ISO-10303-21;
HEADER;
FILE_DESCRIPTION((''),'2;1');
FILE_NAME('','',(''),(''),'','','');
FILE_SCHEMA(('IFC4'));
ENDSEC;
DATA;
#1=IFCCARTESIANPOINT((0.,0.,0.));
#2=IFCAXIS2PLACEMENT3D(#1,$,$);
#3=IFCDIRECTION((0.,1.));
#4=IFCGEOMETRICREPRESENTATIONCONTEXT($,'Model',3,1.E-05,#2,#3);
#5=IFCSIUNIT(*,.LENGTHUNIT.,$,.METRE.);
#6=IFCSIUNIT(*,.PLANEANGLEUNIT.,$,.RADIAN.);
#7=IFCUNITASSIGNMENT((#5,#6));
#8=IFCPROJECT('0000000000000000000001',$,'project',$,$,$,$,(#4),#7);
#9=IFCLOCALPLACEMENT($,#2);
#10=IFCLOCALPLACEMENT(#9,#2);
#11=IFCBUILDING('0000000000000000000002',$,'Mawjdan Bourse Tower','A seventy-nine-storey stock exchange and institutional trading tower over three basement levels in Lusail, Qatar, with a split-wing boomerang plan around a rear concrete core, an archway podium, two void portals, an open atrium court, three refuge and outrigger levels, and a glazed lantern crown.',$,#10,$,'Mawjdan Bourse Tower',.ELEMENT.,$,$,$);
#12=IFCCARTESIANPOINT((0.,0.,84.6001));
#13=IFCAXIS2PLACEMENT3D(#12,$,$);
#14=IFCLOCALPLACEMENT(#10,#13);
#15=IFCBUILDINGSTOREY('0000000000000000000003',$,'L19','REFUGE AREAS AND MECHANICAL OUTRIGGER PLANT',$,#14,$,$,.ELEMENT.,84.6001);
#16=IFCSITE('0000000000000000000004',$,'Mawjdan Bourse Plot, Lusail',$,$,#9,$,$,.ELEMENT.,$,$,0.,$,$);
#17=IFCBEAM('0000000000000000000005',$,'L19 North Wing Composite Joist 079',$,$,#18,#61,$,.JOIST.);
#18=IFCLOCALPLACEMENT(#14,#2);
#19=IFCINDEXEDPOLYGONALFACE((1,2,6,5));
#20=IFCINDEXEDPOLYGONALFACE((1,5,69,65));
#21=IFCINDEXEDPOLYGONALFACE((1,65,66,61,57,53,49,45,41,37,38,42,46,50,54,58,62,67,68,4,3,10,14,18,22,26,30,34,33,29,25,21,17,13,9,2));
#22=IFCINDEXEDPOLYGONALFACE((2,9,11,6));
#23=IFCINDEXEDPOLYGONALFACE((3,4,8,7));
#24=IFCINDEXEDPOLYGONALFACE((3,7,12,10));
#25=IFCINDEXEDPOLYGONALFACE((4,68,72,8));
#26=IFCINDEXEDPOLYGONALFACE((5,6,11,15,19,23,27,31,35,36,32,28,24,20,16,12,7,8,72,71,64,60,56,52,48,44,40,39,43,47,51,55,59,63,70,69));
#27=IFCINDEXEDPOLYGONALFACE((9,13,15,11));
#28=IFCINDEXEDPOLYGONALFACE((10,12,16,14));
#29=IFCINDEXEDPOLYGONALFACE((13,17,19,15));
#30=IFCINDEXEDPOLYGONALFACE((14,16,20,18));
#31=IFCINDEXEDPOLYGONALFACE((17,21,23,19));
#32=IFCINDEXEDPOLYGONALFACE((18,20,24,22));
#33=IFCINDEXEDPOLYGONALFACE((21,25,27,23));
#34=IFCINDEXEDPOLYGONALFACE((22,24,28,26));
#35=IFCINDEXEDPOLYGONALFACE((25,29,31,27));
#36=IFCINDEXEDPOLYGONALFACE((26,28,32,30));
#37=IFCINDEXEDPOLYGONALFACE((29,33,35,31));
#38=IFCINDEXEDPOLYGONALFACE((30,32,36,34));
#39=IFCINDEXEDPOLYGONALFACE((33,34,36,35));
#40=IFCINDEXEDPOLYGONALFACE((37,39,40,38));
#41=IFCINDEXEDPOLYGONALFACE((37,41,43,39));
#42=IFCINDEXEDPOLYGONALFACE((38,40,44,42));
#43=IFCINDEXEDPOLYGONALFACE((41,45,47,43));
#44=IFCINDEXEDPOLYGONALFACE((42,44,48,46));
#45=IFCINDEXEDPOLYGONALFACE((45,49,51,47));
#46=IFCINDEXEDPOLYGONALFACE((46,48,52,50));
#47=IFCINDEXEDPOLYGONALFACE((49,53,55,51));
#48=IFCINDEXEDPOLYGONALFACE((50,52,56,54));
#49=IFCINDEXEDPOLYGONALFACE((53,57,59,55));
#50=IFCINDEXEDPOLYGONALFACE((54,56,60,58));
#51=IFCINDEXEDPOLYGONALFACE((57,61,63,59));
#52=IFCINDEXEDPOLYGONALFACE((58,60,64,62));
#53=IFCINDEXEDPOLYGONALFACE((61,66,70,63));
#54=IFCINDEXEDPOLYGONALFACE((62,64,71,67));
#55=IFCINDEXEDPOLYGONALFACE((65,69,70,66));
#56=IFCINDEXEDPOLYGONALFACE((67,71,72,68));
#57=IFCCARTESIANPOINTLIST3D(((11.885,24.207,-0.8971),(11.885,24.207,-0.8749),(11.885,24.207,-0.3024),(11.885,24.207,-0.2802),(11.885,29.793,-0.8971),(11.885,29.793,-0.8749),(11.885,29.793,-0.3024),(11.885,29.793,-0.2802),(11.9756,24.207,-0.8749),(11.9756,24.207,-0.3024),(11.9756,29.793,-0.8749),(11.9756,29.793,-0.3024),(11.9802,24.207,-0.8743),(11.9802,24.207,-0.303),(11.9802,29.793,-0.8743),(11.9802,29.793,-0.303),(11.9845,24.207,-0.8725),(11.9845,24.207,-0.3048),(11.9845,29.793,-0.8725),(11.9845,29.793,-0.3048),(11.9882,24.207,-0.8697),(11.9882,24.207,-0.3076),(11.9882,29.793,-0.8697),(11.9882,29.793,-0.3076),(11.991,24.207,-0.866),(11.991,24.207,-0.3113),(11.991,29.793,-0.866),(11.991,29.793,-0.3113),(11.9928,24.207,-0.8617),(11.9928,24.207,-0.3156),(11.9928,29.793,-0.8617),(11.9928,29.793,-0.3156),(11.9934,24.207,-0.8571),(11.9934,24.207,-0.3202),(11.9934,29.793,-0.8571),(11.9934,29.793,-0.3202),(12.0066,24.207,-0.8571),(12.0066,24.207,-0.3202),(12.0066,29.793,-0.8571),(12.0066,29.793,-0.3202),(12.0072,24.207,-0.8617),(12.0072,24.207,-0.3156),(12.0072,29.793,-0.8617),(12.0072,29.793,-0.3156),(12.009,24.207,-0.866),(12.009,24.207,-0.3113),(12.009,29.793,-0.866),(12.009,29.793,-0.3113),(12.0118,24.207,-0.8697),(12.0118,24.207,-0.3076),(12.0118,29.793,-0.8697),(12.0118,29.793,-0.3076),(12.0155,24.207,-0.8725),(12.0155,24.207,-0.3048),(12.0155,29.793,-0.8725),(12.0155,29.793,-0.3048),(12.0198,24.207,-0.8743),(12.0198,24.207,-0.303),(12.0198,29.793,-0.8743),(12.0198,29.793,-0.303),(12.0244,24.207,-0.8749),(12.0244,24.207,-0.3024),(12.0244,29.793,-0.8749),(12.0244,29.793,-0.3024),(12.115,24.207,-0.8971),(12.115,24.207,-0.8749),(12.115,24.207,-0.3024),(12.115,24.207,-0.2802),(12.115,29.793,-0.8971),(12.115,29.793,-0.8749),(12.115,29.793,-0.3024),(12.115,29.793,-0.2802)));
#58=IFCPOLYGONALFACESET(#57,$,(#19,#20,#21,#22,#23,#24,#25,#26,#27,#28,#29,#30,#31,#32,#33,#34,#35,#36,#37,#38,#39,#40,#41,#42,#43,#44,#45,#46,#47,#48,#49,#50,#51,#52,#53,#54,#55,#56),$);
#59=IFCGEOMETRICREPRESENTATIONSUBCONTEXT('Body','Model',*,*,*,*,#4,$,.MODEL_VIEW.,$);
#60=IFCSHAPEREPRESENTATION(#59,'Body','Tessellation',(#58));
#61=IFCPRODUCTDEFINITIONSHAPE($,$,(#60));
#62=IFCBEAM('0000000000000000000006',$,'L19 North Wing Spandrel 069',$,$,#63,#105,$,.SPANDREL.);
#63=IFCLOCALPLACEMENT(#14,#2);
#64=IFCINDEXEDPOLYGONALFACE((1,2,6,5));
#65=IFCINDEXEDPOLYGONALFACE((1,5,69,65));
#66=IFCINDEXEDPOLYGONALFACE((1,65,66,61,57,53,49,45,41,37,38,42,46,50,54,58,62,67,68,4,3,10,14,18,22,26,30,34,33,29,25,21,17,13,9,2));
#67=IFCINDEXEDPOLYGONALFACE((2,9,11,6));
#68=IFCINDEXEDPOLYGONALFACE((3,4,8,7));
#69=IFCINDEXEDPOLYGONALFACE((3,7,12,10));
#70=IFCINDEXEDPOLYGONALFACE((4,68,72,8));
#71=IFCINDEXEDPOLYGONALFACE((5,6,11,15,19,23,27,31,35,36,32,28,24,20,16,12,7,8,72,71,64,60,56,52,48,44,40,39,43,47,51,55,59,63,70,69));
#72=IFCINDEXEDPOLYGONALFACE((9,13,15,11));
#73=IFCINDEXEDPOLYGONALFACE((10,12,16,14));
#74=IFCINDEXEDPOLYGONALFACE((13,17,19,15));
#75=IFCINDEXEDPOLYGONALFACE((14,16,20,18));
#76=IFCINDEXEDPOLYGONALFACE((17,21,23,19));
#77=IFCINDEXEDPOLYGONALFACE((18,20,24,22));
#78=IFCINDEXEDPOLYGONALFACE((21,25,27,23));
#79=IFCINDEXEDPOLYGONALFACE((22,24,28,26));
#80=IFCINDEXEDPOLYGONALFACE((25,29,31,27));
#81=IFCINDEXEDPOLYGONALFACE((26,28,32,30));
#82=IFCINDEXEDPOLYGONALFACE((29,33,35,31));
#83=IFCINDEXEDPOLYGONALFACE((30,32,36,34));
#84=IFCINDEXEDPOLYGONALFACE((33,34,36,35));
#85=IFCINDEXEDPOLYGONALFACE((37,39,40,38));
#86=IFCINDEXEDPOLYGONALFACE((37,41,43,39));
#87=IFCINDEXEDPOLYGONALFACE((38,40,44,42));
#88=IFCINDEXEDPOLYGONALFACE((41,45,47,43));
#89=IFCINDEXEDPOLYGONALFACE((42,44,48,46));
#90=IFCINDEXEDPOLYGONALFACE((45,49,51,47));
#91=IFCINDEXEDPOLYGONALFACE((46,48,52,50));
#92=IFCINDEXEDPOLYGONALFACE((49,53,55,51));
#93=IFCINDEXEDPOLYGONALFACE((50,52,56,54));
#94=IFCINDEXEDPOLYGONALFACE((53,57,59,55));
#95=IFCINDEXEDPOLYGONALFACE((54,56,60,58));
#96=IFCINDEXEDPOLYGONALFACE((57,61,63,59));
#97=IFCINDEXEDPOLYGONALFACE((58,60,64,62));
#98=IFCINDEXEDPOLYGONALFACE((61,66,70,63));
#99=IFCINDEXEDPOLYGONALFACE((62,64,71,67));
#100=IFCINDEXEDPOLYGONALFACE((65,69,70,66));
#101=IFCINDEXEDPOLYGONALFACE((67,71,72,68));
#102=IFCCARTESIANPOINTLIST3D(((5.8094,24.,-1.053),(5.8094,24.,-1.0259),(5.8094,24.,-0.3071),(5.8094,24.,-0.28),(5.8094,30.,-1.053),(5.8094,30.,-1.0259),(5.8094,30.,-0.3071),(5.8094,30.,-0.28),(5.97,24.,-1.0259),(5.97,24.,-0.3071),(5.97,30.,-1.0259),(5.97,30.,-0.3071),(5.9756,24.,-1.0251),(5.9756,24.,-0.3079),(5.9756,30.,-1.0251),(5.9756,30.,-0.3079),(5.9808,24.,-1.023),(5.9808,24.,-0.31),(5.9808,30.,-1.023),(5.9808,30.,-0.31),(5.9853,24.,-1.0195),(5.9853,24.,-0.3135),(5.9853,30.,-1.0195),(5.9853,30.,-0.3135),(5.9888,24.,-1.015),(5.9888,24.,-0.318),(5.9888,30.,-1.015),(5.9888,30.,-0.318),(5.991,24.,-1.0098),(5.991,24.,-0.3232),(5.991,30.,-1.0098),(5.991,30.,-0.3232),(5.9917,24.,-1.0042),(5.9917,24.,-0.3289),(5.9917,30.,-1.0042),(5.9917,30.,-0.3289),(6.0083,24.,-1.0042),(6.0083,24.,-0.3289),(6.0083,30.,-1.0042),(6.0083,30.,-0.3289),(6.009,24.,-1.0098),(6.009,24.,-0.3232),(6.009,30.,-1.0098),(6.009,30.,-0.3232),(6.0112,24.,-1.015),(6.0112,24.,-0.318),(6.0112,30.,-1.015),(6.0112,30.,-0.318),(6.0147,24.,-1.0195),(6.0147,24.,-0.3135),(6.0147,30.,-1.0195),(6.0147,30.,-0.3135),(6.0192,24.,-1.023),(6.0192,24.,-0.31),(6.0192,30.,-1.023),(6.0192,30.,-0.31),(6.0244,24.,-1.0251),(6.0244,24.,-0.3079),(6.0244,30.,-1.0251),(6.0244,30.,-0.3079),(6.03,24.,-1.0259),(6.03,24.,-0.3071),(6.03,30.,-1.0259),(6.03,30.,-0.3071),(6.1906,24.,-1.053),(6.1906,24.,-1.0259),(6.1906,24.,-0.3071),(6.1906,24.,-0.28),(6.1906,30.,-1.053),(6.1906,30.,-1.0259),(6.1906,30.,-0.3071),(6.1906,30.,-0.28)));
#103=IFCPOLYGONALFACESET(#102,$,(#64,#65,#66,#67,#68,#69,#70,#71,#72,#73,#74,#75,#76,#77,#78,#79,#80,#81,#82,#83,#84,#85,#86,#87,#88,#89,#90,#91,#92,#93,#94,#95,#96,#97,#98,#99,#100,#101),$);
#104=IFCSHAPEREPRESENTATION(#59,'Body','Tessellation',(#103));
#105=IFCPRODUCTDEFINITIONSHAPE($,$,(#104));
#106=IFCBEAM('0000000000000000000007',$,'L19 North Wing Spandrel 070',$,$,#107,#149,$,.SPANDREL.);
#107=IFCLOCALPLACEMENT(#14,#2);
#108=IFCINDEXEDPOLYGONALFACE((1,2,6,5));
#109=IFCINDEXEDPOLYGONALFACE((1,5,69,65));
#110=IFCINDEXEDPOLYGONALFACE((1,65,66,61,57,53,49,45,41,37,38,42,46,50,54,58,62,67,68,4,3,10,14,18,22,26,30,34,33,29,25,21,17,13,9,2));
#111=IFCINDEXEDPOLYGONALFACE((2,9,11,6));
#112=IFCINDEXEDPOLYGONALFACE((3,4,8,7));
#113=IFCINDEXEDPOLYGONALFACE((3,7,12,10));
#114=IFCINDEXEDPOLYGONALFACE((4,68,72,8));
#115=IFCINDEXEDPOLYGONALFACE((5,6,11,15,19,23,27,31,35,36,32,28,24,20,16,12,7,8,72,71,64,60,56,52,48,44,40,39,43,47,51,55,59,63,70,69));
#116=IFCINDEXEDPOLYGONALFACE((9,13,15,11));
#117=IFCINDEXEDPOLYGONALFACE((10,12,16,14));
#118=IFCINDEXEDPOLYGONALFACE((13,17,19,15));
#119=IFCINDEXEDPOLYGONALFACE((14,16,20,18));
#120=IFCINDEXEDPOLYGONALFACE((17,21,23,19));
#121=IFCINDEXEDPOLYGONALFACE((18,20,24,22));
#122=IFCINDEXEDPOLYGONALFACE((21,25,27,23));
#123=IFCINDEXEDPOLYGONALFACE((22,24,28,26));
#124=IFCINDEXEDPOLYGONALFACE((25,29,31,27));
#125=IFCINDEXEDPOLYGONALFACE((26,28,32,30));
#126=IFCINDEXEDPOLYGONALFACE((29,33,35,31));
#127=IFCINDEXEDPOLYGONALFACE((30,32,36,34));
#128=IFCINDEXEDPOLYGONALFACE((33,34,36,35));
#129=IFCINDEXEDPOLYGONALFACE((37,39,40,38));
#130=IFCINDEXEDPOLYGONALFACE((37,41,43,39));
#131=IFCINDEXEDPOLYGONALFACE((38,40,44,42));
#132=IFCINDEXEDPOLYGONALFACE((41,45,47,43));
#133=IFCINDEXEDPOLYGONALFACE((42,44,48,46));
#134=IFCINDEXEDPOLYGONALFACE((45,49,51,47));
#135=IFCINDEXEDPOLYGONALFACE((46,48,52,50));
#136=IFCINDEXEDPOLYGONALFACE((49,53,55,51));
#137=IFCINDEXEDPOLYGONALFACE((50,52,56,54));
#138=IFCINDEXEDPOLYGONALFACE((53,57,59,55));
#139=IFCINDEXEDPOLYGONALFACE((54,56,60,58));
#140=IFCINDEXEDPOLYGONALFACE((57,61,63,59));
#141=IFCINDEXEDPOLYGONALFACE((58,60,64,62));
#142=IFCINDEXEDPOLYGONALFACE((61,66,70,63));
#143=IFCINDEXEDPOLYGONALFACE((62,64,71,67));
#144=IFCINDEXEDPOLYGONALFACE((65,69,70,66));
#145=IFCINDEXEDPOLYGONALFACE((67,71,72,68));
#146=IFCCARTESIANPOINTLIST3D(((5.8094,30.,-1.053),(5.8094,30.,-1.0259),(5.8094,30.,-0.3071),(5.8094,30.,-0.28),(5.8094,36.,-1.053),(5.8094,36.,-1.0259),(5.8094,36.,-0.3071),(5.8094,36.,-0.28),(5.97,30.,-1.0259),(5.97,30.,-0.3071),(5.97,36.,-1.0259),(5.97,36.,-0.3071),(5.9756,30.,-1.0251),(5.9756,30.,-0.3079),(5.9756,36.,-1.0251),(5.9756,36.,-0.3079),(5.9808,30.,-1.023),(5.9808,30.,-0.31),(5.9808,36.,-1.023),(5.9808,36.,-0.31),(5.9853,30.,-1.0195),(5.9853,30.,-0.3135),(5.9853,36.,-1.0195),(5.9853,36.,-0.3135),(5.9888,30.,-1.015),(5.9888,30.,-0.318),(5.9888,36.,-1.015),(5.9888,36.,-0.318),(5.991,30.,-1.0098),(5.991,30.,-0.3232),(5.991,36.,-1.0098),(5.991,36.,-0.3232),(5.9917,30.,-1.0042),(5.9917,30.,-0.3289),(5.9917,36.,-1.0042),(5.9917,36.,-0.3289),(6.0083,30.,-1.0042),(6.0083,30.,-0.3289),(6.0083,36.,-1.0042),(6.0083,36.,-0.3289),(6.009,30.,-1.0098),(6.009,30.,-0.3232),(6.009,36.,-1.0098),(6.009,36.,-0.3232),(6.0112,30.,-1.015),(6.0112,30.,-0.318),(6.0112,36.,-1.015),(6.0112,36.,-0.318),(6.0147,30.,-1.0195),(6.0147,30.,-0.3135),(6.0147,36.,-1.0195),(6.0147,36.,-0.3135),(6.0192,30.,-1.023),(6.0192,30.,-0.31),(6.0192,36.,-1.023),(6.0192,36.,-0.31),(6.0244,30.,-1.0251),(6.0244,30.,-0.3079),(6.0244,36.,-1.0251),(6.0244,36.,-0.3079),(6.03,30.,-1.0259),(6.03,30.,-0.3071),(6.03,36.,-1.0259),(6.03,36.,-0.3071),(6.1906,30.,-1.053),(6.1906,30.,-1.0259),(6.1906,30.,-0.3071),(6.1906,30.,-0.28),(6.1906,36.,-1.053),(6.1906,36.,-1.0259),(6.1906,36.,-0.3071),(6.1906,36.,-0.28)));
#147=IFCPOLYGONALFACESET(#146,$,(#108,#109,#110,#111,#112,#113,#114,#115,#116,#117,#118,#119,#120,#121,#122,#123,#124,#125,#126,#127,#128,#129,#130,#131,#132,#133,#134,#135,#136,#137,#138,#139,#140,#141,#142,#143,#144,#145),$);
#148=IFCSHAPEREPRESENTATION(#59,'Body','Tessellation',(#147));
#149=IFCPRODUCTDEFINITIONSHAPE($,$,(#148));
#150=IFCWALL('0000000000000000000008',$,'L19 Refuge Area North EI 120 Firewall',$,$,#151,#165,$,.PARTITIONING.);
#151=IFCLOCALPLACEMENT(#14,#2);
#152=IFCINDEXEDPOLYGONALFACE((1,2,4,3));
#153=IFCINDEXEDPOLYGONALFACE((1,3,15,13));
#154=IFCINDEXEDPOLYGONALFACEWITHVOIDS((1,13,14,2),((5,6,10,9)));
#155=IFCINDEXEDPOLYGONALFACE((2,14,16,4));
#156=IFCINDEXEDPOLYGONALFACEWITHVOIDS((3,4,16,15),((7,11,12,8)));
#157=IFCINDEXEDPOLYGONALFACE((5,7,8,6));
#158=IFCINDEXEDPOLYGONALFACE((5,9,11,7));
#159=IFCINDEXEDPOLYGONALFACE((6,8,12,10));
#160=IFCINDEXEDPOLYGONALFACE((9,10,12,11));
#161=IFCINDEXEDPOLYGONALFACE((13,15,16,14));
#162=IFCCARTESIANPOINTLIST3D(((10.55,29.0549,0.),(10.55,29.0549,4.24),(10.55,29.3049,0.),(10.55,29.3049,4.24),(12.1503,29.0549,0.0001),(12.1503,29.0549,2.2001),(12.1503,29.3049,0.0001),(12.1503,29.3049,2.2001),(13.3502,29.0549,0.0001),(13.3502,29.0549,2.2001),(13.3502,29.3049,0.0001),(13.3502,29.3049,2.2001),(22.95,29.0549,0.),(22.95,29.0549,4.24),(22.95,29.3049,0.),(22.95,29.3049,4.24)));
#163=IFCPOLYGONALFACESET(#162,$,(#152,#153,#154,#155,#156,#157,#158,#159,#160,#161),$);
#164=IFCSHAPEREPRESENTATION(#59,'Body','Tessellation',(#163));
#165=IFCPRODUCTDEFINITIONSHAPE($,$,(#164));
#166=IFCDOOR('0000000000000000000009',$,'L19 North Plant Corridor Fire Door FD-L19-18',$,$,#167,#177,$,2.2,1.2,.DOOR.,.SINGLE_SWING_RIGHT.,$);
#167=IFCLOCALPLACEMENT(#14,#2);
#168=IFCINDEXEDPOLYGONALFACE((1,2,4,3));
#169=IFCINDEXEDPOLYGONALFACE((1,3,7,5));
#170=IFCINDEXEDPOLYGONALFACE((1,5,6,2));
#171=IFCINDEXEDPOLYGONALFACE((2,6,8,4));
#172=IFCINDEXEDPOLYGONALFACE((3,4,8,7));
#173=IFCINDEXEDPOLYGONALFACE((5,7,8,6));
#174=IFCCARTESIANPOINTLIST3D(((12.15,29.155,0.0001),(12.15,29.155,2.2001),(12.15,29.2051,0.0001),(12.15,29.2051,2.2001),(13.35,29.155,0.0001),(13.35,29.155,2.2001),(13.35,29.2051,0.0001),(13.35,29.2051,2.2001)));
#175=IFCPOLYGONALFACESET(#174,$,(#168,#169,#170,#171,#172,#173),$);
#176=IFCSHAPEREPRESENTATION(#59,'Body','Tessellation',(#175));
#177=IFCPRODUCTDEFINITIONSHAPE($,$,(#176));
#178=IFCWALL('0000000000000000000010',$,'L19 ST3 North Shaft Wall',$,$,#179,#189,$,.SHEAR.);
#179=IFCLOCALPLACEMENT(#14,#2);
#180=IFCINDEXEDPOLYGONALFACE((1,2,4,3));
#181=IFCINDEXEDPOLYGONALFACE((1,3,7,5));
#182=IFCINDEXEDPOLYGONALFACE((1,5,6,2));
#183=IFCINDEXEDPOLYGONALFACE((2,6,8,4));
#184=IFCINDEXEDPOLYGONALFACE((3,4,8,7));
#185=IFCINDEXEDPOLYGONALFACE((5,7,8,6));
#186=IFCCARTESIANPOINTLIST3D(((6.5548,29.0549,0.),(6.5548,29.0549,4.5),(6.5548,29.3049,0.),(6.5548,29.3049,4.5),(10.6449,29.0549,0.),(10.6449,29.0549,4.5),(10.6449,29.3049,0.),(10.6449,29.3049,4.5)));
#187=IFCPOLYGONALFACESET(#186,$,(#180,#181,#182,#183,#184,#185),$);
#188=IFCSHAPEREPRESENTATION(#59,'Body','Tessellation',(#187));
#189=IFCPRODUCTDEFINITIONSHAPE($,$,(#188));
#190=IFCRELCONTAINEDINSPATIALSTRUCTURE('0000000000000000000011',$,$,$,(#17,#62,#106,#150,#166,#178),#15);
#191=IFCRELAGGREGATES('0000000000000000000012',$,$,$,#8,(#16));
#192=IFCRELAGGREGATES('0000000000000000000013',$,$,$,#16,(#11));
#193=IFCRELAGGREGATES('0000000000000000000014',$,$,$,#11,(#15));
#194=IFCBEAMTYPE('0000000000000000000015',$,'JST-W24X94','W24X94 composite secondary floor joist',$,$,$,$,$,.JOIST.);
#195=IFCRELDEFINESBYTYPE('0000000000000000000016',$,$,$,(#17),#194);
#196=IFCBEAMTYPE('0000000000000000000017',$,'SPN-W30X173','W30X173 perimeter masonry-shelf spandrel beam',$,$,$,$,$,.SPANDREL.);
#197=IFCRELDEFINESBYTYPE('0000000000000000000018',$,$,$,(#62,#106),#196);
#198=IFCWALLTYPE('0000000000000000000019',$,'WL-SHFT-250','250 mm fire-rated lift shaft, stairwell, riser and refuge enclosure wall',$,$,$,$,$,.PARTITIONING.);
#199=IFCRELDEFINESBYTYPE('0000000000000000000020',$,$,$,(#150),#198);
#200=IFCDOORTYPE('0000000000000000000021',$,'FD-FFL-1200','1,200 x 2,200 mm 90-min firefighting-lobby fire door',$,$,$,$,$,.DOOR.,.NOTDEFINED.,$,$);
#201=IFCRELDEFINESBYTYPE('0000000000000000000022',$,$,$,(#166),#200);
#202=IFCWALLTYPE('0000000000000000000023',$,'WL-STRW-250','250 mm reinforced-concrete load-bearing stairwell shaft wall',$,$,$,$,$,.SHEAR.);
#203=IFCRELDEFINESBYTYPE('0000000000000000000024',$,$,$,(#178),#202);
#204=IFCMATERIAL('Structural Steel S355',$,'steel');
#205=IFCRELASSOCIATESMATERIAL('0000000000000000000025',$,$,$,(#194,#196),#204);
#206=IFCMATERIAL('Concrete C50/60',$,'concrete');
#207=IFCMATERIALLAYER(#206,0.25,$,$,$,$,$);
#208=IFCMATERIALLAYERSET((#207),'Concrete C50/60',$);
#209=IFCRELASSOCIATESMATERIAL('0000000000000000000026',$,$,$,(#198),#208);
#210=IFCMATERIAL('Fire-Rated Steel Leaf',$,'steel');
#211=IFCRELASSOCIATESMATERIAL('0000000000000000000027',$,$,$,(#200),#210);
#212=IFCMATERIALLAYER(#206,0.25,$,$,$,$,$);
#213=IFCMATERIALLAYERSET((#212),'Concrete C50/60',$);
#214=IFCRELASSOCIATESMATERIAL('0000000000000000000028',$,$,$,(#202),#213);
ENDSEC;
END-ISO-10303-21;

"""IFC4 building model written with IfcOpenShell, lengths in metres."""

from ifc_helpers import new_model, si_unit, direction, frame, frame_2d, origin, origin_2d, place, context, subcontext, project, spatial, rectangle, i_section, extrude, material, layer, layer_set, material_profile, profile_set, type_object, element, fill, save


model = new_model("IFC4")

# Units and contexts
model_context = context("Model", 3, precision=1e-05, world=origin(), true_north=direction((0.0, 1.0)))
body_context = subcontext(model_context, "Body", "Model", "MODEL_VIEW")
ifc_project = project(units=[si_unit("LENGTHUNIT", "METRE"), si_unit("PLANEANGLEUNIT", "RADIAN")], contexts=[model_context])

# Site, building, storey
site_placement = place(None, origin())
site = spatial("IfcSite", under=ifc_project, at=site_placement, Name="Mawjdan Bourse Plot, Lusail", CompositionType="ELEMENT", RefElevation=0.0)
building_placement = place(site_placement, origin())
building = spatial("IfcBuilding", under=site, at=building_placement, Name="Mawjdan Bourse Tower", Description="A seventy-nine-storey stock exchange and institutional trading tower over three basement levels in Lusail, Qatar, with a split-wing boomerang plan around a rear concrete core, an archway podium, two void portals, an open atrium court, three refuge and outrigger levels, and a glazed lantern crown.", LongName="Mawjdan Bourse Tower", CompositionType="ELEMENT")
storey_placement = place(building_placement, frame((0.0, 0.0, 84.6001)))
storey = spatial("IfcBuildingStorey", under=building, at=storey_placement, Name="L19", Description="REFUGE AREAS AND MECHANICAL OUTRIGGER PLANT", CompositionType="ELEMENT", Elevation=84.6001)

# Beams
ifc_material_1 = material(Name="Structural Steel S355", Category="steel")
ifc_material_profile_1 = material_profile(ifc_material_1, i_section(OverallWidth=0.23, OverallDepth=0.6169, WebThickness=0.0132, FlangeThickness=0.0222, FilletRadius=0.0178, at=origin_2d()), Name="W24X94")
ifc_profile_set_1 = profile_set([ifc_material_profile_1], Name="Structural Steel S355")
beam_type_1 = type_object("IfcBeamType", Name="JST-W24X94", Description="W24X94 composite secondary floor joist", PredefinedType="JOIST", material=ifc_profile_set_1)
beam_1_placement = place(storey_placement, frame((12.0, 24.207, -0.5886), z_axis=(0.0, 1.0, 0.0), x_axis=(-1.0, 0.0, 0.0)))
element("IfcBeam", 1, at=beam_1_placement, inside=storey, type_object=beam_type_1, Name="L19 North Wing Composite Joist 079", PredefinedType="JOIST", context=body_context, shape_type="SweptSolid", body=[
    extrude(i_section(OverallWidth=0.23, OverallDepth=0.6169, WebThickness=0.0132, FlangeThickness=0.0222, FilletRadius=0.0178, at=origin_2d()), origin(), (0.0, 0.0, 1.0), 5.5859),
])
ifc_material_profile_2 = material_profile(ifc_material_1, i_section(OverallWidth=0.3811, OverallDepth=0.7729, WebThickness=0.0166, FlangeThickness=0.0271, FilletRadius=0.0217, at=origin_2d()), Name="W30X173")
ifc_profile_set_2 = profile_set([ifc_material_profile_2], Name="Structural Steel S355")
beam_type_2 = type_object("IfcBeamType", Name="SPN-W30X173", Description="W30X173 perimeter masonry-shelf spandrel beam", PredefinedType="SPANDREL", material=ifc_profile_set_2)
for number, where, z_axis, x_axis, name in (
    (2, (6.0, 24.0, -0.6665), (0.0, 1.0, 0.0), (-1.0, 0.0, 0.0), "L19 North Wing Spandrel 069"),
    (3, (6.0, 30.0, -0.6665), (0.0, 1.0, 0.0), (-1.0, 0.0, 0.0), "L19 North Wing Spandrel 070"),
):
    element("IfcBeam", number, at=place(storey_placement, frame(where, z_axis=z_axis, x_axis=x_axis)), inside=storey, type_object=beam_type_2, Name=name, PredefinedType="SPANDREL", context=body_context, shape_type="SweptSolid", body=[
        extrude(i_section(OverallWidth=0.3811, OverallDepth=0.7729, WebThickness=0.0166, FlangeThickness=0.0271, FilletRadius=0.0217, at=origin_2d()), origin(), (0.0, 0.0, 1.0), 6.0),
    ])

# Wall, opening, door
ifc_material_2 = material(Name="Concrete C50/60", Category="concrete")
ifc_layer_1 = layer(ifc_material_2, 0.25)
ifc_layer_set_1 = layer_set([ifc_layer_1], Name="Concrete C50/60")
wall_type_1 = type_object("IfcWallType", Name="WL-SHFT-250", Description="250 mm fire-rated lift shaft, stairwell, riser and refuge enclosure wall", PredefinedType="PARTITIONING", material=ifc_layer_set_1)
wall_1_placement = place(storey_placement, frame((10.55, 29.1799, 0.0), z_axis=(0.0, 0.0, 1.0), x_axis=(1.0, 0.0, 0.0)))
wall_1 = element("IfcWall", 4, at=wall_1_placement, inside=storey, type_object=wall_type_1, Name="L19 Refuge Area North EI 120 Firewall", PredefinedType="PARTITIONING", context=body_context, shape_type="SweptSolid", body=[
    extrude(rectangle(XDim=12.3999, YDim=0.25, at=frame_2d((6.2, 0.0))), origin(), (0.0, 0.0, 1.0), 4.24),
])
opening_1_placement = place(wall_1_placement, frame((1.6001, 0.0, 0.0)))
opening_1 = element("IfcOpeningElement", 5, at=opening_1_placement, cuts=wall_1, PredefinedType="OPENING", context=body_context, shape_type="SweptSolid", body=[
    extrude(rectangle(XDim=1.2, YDim=2.2, at=frame_2d((0.6001, 1.1001))), frame((0.0, 0.135, 0.0), z_axis=(0.0, -1.0, 0.0), x_axis=(1.0, 0.0, 0.0)), (0.0, 0.0, 1.0), 0.27),
])
ifc_material_3 = material(Name="Fire-Rated Steel Leaf", Category="steel")
door_type_1 = type_object("IfcDoorType", Name="FD-FFL-1200", Description="1,200 x 2,200 mm 90-min firefighting-lobby fire door", OperationType="NOTDEFINED", PredefinedType="DOOR", material=ifc_material_3)
door_1_placement = place(opening_1_placement, frame((1.2, 0.0, 0.0), z_axis=(0.0, 0.0, 1.0), x_axis=(-1.0, 0.0, 0.0)))
door_1 = element("IfcDoor", 6, at=door_1_placement, inside=storey, type_object=door_type_1, Name="L19 North Plant Corridor Fire Door FD-L19-18", OperationType="SINGLE_SWING_RIGHT", OverallHeight=2.2, OverallWidth=1.2, PredefinedType="DOOR", context=body_context, shape_type="SweptSolid", body=[
    extrude(rectangle(XDim=1.2, YDim=2.2, at=frame_2d((0.6001, 1.1001))), frame((0.0, 0.0249, 0.0), z_axis=(0.0, -1.0, 0.0), x_axis=(1.0, 0.0, 0.0)), (0.0, 0.0, 1.0), 0.05),
])
fill(opening_1, door_1)

# Wall
ifc_layer_2 = layer(ifc_material_2, 0.25)
ifc_layer_set_2 = layer_set([ifc_layer_2], Name="Concrete C50/60")
wall_type_2 = type_object("IfcWallType", Name="WL-STRW-250", Description="250 mm reinforced-concrete load-bearing stairwell shaft wall", PredefinedType="SHEAR", material=ifc_layer_set_2)
wall_2_placement = place(storey_placement, frame((6.5549, 29.1799, 0.0), z_axis=(0.0, 0.0, 1.0), x_axis=(1.0, 0.0, 0.0)))
element("IfcWall", 7, at=wall_2_placement, inside=storey, type_object=wall_type_2, Name="L19 ST3 North Shaft Wall", PredefinedType="SHEAR", context=body_context, shape_type="SweptSolid", body=[
    extrude(rectangle(XDim=4.0901, YDim=0.25, at=frame_2d((2.0449, 0.0))), origin(), (0.0, 0.0, 1.0), 4.5),
])

save(model, "model.ifc")
